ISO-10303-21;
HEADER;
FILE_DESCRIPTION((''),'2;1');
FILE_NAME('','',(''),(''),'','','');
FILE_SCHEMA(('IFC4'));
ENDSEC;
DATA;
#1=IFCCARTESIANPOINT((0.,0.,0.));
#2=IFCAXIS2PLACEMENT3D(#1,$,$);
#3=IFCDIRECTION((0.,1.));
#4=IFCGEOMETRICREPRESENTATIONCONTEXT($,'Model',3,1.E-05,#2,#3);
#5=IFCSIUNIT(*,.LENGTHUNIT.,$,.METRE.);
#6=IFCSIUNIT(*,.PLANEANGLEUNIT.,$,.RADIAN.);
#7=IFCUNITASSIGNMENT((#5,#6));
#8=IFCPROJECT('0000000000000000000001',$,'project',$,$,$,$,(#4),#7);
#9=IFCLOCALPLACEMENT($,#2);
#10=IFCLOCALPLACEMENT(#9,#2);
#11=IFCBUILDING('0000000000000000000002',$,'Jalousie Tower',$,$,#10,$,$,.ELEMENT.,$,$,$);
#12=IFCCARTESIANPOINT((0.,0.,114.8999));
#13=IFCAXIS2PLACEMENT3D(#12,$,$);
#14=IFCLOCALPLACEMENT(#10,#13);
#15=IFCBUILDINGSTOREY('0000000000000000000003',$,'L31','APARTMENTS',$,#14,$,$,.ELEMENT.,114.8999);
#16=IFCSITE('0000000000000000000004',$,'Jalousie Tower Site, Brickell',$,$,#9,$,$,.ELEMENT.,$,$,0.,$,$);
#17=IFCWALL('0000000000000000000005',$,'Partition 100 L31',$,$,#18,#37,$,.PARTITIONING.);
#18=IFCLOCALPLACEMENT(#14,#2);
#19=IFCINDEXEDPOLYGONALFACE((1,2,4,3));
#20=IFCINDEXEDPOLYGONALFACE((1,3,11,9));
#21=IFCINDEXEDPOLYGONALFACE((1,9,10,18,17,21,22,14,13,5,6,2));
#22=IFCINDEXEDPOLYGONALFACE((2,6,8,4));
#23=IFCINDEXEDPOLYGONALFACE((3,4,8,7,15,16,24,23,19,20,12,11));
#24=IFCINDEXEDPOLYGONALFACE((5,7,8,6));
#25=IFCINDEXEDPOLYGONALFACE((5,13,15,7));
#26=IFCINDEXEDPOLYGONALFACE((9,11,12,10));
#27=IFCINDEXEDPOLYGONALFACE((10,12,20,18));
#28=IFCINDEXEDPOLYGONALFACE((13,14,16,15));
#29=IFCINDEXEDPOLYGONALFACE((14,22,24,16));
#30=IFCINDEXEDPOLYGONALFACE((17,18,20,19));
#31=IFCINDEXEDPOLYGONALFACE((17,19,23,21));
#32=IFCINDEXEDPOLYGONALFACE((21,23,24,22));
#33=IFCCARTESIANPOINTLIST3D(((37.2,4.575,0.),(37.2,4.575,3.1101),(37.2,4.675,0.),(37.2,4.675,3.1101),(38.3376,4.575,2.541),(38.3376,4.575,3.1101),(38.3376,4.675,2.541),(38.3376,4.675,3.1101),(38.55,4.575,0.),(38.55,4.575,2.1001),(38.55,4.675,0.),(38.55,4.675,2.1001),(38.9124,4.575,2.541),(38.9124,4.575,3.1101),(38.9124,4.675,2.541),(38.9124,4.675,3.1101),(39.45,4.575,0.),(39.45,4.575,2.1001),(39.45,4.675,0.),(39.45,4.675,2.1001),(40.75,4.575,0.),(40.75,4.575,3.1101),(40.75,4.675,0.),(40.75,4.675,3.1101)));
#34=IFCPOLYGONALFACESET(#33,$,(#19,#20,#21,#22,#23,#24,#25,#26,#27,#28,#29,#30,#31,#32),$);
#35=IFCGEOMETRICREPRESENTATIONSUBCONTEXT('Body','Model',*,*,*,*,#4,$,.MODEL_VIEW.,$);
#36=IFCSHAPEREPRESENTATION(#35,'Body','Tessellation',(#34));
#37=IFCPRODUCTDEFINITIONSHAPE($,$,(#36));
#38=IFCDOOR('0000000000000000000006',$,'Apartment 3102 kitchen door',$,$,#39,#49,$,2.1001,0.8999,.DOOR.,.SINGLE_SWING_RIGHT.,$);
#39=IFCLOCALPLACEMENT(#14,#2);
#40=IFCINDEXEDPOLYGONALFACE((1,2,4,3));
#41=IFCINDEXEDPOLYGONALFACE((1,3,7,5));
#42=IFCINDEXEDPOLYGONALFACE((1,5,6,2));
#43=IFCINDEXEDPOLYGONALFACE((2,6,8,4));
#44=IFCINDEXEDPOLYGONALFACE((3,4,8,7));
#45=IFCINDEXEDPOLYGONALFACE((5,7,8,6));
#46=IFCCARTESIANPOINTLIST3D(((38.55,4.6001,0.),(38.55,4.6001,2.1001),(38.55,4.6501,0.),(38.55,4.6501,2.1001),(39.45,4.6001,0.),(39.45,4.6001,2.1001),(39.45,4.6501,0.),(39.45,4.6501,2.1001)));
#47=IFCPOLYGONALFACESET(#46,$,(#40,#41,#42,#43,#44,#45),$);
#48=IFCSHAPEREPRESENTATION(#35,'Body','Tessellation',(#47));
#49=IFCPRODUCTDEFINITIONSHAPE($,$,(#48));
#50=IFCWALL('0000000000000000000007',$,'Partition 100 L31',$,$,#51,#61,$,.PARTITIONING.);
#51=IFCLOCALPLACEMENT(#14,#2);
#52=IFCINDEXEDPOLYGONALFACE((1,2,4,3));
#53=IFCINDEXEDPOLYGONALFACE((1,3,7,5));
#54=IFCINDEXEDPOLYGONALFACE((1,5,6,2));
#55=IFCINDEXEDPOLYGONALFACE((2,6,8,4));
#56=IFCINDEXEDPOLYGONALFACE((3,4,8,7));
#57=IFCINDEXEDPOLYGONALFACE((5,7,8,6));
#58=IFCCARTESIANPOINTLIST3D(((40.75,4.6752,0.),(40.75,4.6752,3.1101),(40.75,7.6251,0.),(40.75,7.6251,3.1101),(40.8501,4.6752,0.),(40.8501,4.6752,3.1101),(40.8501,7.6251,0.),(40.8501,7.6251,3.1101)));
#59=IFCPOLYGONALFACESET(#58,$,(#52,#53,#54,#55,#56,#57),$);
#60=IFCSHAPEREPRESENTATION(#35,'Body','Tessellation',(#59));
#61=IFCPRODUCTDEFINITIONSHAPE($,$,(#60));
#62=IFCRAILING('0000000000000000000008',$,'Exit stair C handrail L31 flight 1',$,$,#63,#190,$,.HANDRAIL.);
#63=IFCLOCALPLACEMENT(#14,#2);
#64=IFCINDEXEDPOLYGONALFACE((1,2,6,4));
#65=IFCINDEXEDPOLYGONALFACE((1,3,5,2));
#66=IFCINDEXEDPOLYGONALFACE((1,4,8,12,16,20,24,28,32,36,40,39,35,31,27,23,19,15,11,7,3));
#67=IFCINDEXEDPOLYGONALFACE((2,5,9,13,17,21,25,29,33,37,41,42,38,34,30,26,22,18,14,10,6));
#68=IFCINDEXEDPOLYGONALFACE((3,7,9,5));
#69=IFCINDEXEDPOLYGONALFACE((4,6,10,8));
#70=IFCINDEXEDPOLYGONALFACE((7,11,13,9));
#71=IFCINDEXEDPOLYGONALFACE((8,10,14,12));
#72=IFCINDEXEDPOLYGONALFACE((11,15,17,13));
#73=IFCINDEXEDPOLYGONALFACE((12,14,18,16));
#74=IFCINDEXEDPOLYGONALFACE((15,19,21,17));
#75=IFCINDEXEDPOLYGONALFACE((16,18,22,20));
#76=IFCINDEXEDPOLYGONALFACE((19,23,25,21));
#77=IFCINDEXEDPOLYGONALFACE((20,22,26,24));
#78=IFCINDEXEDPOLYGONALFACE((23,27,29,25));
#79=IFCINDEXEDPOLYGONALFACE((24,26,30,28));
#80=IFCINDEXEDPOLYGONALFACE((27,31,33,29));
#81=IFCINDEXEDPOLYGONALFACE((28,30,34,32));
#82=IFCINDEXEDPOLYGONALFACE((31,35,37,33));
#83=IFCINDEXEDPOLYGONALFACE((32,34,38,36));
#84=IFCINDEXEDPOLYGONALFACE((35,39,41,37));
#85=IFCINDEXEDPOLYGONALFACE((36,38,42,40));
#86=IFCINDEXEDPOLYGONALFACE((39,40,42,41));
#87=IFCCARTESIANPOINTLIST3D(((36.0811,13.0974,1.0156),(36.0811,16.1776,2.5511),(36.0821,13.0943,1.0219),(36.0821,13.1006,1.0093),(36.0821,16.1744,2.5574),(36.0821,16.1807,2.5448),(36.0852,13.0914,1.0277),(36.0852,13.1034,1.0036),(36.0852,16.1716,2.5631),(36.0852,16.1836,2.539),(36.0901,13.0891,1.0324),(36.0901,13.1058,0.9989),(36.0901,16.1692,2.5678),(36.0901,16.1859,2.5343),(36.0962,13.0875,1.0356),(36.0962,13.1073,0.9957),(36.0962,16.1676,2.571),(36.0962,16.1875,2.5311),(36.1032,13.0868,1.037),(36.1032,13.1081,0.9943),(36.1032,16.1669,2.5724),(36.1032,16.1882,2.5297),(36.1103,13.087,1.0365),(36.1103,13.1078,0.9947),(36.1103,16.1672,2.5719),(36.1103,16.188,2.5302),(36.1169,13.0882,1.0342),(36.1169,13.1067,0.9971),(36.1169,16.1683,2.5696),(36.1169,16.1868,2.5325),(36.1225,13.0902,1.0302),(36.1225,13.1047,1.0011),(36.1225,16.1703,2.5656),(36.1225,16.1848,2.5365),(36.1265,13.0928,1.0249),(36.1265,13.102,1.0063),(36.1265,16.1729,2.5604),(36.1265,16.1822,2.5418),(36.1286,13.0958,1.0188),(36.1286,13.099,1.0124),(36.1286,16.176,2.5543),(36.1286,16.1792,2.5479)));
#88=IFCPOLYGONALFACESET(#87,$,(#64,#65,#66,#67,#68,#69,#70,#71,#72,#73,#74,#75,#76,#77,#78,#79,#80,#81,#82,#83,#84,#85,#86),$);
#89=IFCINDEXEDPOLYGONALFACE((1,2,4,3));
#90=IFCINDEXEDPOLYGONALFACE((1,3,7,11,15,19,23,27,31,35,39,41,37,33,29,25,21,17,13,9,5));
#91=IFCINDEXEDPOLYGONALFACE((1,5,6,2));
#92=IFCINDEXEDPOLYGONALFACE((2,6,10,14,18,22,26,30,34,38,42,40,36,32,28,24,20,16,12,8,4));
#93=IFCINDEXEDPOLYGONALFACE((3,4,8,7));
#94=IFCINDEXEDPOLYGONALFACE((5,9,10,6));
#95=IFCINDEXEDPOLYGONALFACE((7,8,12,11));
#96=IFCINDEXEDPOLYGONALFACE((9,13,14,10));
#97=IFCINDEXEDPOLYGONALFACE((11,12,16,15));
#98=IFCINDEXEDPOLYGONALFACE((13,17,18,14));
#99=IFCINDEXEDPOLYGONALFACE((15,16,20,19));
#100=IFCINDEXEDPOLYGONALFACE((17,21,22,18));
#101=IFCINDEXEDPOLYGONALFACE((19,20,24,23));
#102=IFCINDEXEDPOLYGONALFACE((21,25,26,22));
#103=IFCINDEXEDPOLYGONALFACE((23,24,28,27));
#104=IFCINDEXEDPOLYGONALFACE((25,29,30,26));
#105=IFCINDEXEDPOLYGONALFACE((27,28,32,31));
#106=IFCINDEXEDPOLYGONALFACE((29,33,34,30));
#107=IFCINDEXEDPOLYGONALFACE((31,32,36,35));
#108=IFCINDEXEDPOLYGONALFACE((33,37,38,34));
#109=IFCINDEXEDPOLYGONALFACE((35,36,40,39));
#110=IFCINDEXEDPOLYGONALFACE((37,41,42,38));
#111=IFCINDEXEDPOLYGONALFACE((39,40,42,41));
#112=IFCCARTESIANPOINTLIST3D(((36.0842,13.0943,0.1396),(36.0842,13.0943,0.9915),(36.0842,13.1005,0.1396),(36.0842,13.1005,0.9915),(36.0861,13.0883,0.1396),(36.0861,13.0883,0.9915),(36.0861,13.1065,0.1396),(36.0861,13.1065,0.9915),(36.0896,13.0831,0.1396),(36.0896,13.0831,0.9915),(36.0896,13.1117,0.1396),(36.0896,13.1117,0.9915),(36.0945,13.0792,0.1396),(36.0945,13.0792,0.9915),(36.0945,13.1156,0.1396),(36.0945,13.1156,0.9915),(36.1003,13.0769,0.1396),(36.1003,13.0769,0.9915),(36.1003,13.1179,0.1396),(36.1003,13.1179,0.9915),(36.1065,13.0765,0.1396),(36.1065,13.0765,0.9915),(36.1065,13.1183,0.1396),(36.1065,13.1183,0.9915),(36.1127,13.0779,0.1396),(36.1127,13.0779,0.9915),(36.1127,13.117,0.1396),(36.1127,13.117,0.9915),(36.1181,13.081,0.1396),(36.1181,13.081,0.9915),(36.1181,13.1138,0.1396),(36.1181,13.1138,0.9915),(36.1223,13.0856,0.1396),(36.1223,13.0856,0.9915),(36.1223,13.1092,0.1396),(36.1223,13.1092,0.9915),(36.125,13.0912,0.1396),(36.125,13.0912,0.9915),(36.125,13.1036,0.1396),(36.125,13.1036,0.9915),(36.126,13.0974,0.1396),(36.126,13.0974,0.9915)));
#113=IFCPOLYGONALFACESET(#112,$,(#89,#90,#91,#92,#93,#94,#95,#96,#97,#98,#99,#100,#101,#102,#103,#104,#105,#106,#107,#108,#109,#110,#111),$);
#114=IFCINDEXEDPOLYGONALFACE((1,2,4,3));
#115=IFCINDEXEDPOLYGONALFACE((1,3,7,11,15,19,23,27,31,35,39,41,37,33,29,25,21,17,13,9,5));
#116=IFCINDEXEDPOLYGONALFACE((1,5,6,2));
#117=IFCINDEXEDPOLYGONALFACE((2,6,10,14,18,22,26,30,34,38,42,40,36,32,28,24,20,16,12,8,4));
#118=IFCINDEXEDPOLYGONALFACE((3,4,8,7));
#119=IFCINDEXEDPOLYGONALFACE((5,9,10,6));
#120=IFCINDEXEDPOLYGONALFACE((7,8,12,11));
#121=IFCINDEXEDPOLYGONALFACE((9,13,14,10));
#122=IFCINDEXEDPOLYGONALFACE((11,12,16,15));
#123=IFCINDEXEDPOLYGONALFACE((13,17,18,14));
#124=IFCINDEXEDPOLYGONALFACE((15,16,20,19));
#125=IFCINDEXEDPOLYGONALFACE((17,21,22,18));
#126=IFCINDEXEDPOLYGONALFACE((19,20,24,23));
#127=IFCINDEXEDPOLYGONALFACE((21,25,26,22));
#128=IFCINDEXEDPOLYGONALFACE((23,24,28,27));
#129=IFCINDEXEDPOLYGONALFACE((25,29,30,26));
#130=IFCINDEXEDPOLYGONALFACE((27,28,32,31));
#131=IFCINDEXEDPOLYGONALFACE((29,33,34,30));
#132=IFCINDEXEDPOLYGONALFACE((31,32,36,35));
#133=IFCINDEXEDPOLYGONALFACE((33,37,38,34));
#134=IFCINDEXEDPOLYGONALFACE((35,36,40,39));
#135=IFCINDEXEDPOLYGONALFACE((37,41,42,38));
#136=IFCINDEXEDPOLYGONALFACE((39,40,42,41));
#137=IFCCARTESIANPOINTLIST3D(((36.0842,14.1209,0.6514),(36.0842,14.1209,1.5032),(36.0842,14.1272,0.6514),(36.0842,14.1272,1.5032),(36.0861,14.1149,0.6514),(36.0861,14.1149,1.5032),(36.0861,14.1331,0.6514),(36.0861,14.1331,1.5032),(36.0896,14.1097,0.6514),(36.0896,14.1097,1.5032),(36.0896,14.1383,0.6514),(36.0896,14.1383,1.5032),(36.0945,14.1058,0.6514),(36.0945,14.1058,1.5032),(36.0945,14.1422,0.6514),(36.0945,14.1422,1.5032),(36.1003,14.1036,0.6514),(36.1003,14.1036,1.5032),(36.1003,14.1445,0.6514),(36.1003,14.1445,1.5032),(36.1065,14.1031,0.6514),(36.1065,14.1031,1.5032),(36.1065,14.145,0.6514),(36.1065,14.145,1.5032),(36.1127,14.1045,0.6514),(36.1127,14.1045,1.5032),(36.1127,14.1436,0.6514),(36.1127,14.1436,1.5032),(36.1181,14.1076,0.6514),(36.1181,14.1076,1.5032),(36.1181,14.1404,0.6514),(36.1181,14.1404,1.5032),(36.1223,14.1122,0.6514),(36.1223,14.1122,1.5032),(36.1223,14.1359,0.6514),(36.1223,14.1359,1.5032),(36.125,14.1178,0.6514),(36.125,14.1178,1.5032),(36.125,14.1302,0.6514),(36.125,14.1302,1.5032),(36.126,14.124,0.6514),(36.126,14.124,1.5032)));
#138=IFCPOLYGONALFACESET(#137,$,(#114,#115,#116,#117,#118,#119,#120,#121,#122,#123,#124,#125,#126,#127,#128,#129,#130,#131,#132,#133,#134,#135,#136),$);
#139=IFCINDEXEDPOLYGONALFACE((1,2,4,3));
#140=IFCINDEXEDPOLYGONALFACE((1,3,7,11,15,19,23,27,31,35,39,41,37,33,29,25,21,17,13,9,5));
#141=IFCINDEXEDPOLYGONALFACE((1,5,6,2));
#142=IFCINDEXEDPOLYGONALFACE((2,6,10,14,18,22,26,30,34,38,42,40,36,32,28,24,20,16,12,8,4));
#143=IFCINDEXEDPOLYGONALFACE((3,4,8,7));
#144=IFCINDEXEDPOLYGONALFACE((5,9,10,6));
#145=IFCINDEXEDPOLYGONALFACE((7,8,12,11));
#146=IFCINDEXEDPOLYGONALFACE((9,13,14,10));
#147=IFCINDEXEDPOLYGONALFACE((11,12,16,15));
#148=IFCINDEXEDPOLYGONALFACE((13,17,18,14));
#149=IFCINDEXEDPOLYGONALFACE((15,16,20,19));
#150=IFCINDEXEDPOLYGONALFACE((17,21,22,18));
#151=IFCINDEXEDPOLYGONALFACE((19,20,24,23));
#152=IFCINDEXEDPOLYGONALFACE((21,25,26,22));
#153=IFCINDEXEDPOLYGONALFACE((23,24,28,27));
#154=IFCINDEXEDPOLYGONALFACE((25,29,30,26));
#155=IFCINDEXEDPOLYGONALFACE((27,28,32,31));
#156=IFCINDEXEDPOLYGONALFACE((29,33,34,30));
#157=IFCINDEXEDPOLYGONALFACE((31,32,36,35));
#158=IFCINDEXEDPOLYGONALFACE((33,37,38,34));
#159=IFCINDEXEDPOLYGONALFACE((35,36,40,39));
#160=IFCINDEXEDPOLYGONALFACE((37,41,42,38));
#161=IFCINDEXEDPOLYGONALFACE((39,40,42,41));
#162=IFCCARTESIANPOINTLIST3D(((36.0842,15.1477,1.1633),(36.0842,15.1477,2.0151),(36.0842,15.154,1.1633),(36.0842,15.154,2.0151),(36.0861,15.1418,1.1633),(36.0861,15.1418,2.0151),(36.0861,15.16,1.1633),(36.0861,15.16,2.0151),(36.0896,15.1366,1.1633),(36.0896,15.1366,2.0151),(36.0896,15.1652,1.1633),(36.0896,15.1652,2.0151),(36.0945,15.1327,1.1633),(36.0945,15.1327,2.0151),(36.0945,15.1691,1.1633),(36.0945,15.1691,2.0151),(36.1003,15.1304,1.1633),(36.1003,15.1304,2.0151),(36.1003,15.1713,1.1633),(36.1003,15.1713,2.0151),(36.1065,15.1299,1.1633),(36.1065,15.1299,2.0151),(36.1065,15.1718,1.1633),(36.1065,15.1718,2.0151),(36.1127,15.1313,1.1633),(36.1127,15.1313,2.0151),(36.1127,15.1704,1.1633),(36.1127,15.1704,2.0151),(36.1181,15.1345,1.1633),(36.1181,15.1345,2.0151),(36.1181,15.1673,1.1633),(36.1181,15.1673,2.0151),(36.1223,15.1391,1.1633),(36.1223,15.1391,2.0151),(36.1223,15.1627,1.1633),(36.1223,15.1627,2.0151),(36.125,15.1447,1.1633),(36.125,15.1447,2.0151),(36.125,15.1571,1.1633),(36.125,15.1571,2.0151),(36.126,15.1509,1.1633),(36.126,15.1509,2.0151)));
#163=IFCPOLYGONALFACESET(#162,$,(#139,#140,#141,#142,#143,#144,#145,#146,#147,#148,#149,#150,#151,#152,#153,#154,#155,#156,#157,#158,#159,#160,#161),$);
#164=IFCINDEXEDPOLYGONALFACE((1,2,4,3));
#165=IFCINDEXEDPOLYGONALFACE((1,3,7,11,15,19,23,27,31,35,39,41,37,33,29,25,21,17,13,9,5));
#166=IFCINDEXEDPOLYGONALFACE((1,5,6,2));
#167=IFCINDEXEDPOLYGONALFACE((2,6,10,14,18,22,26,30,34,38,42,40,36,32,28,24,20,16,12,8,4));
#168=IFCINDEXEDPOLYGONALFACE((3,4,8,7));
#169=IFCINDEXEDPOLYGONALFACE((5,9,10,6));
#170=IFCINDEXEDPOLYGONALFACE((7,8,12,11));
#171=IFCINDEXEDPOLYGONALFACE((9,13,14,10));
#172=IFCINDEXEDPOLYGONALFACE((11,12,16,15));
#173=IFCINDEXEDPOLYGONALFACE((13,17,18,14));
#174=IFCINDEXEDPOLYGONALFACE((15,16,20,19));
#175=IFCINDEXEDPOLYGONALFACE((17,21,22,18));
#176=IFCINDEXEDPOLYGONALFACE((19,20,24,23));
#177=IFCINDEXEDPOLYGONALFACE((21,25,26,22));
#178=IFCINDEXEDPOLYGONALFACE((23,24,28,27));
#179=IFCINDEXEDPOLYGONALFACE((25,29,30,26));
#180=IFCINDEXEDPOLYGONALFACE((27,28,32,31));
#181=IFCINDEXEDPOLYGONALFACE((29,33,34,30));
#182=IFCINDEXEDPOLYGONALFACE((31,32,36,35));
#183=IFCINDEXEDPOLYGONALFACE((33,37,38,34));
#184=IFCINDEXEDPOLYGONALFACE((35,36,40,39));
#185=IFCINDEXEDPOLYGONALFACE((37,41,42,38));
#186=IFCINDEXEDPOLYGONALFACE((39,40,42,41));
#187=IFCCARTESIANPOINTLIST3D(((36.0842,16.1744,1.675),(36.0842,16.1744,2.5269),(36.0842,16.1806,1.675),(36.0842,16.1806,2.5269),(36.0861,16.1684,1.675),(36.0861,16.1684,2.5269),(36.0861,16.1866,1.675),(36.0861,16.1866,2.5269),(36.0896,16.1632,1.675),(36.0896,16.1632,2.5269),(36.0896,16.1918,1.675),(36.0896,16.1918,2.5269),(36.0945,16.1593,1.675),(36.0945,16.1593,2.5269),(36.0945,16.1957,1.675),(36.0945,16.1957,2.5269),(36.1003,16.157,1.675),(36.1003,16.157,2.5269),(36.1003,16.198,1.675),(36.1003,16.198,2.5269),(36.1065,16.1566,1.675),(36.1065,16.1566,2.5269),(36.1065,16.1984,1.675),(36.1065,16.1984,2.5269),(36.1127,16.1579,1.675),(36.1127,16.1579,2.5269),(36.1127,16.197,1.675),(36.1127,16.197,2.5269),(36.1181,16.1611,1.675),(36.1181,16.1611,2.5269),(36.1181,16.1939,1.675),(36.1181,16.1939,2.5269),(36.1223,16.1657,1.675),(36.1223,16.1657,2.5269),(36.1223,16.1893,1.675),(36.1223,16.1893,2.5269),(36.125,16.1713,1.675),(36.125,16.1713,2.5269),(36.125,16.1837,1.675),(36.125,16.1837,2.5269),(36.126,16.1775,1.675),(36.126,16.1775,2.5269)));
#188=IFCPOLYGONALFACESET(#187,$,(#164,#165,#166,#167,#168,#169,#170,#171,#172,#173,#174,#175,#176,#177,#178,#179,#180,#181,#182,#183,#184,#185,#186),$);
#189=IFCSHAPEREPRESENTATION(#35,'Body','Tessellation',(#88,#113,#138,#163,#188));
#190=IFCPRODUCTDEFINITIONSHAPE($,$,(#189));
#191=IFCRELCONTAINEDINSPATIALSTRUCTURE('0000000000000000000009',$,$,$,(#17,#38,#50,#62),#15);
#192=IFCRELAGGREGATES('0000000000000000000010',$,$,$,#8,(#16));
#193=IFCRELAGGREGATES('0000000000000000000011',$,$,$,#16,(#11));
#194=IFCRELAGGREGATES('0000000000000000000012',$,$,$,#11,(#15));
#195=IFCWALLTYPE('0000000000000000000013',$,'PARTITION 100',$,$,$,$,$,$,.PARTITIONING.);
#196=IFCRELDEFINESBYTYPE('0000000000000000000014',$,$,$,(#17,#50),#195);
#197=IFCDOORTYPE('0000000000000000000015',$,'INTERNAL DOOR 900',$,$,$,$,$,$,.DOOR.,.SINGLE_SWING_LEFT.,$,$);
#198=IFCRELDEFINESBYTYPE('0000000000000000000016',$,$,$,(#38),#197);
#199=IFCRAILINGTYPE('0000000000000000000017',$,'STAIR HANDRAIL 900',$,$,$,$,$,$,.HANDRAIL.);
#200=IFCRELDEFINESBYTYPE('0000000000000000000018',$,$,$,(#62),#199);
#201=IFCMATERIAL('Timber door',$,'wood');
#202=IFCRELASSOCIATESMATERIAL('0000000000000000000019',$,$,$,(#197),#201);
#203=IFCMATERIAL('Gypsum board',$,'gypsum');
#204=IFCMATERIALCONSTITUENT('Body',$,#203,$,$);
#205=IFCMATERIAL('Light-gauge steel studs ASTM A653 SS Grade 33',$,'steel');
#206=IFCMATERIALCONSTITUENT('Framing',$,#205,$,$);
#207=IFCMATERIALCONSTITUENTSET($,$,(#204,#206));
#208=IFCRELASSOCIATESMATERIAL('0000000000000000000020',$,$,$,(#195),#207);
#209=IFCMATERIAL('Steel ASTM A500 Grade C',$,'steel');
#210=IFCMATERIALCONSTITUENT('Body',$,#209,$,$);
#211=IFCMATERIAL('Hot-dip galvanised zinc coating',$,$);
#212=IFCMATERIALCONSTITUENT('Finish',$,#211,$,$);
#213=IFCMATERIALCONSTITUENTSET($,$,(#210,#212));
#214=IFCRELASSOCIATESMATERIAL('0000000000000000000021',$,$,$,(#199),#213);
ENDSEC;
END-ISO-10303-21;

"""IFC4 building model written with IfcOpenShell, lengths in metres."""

from ifc_helpers import new_model, si_unit, direction, frame, frame_2d, origin, origin_2d, place, context, subcontext, project, spatial, polyline, rectangle, circle, outline, extrude, material, constituent, constituent_set, type_object, element, fill, save


model = new_model("IFC4")

# Units and contexts
model_context = context("Model", 3, precision=1e-05, world=origin(), true_north=direction((0.0, 1.0)))
body_context = subcontext(model_context, "Body", "Model", "MODEL_VIEW")
ifc_project = project(units=[si_unit("LENGTHUNIT", "METRE"), si_unit("PLANEANGLEUNIT", "RADIAN")], contexts=[model_context])

# Site, building, storey
site_placement = place(None, origin())
site = spatial("IfcSite", under=ifc_project, at=site_placement, Name="Jalousie Tower Site, Brickell", CompositionType="ELEMENT", RefElevation=0.0)
building_placement = place(site_placement, origin())
building = spatial("IfcBuilding", under=site, at=building_placement, Name="Jalousie Tower", CompositionType="ELEMENT")
storey_placement = place(building_placement, frame((0.0, 0.0, 114.8999)))
storey = spatial("IfcBuildingStorey", under=building, at=storey_placement, Name="L31", Description="APARTMENTS", CompositionType="ELEMENT", Elevation=114.8999)

# Shared definitions
ifc_material_1 = material(Name="Timber door", Category="wood")
door_type_1 = type_object("IfcDoorType", Name="INTERNAL DOOR 900", OperationType="SINGLE_SWING_LEFT", PredefinedType="DOOR", material=ifc_material_1)

# Wall, opening, door
ifc_material_2 = material(Name="Gypsum board", Category="gypsum")
ifc_constituent_1 = constituent(ifc_material_2, Name="Body")
ifc_material_3 = material(Name="Light-gauge steel studs ASTM A653 SS Grade 33", Category="steel")
ifc_constituent_2 = constituent(ifc_material_3, Name="Framing")
ifc_constituent_set_1 = constituent_set(constituents=[ifc_constituent_1, ifc_constituent_2])
wall_type_1 = type_object("IfcWallType", Name="PARTITION 100", PredefinedType="PARTITIONING", material=ifc_constituent_set_1)
wall_1_placement = place(storey_placement, frame((37.2, 4.625, 0.0), z_axis=(0.0, 0.0, 1.0), x_axis=(1.0, 0.0, 0.0)))
wall_1 = element("IfcWall", 1, at=wall_1_placement, inside=storey, type_object=wall_type_1, Name="Partition 100 L31", PredefinedType="PARTITIONING", context=body_context, shape_type="SweptSolid", body=[
    extrude(outline(polyline([(0.0, 0.0), (3.55, 0.0), (3.55, 3.1101), (1.7124, 3.1101), (1.7124, 2.541), (1.1377, 2.541), (1.1377, 3.1101), (0.0, 3.1101), (0.0, 0.0)])), frame((0.0, 0.05, 0.0), z_axis=(0.0, -1.0, 0.0), x_axis=(1.0, 0.0, 0.0)), (0.0, 0.0, 1.0), 0.1001),
])
opening_1_placement = place(wall_1_placement, frame((1.3501, 0.0, 0.0)))
opening_1 = element("IfcOpeningElement", 2, at=opening_1_placement, cuts=wall_1, PredefinedType="OPENING", context=body_context, shape_type="SweptSolid", body=[
    extrude(rectangle(XDim=0.8999, YDim=2.1001, at=frame_2d((0.45, 1.05))), frame((0.0, 0.0601, 0.0), z_axis=(0.0, -1.0, 0.0), x_axis=(1.0, 0.0, 0.0)), (0.0, 0.0, 1.0), 0.1201),
])
door_1_placement = place(opening_1_placement, frame((0.8999, 0.0, 0.0), z_axis=(0.0, 0.0, 1.0), x_axis=(-1.0, 0.0, 0.0)))
door_1 = element("IfcDoor", 3, at=door_1_placement, inside=storey, type_object=door_type_1, Name="Apartment 3102 kitchen door", OperationType="SINGLE_SWING_RIGHT", OverallHeight=2.1001, OverallWidth=0.8999, PredefinedType="DOOR", context=body_context, shape_type="SweptSolid", body=[
    extrude(rectangle(XDim=0.8999, YDim=2.1001, at=frame_2d((0.45, 1.05))), frame((0.0, 0.0249, 0.0), z_axis=(0.0, -1.0, 0.0), x_axis=(1.0, 0.0, 0.0)), (0.0, 0.0, 1.0), 0.05),
])
fill(opening_1, door_1)

# Wall
wall_2_placement = place(storey_placement, frame((40.8, 4.675, 0.0), z_axis=(0.0, 0.0, 1.0), x_axis=(0.0, 1.0, 0.0)))
element("IfcWall", 4, at=wall_2_placement, inside=storey, type_object=wall_type_1, Name="Partition 100 L31", PredefinedType="PARTITIONING", context=body_context, shape_type="SweptSolid", body=[
    extrude(rectangle(XDim=2.95, YDim=0.1001, at=frame_2d((1.4751, 0.0))), origin(), (0.0, 0.0, 1.0), 3.1101),
])

# Railing
ifc_material_4 = material(Name="Steel ASTM A500 Grade C", Category="steel")
ifc_constituent_3 = constituent(ifc_material_4, Name="Body")
ifc_material_5 = material(Name="Hot-dip galvanised zinc coating")
ifc_constituent_4 = constituent(ifc_material_5, Name="Finish")
ifc_constituent_set_2 = constituent_set(constituents=[ifc_constituent_3, ifc_constituent_4])
railing_type = type_object("IfcRailingType", Name="STAIR HANDRAIL 900", PredefinedType="HANDRAIL", material=ifc_constituent_set_2)
railing_placement = place(storey_placement, frame((36.105, 13.0974, 0.1396)))
element("IfcRailing", 5, at=railing_placement, inside=storey, type_object=railing_type, Name="Exit stair C handrail L31 flight 1", PredefinedType="HANDRAIL", context=body_context, shape_type="SweptSolid", body=[
    extrude(circle(Radius=0.0239, at=origin_2d()), frame((0.0, 0.0, 0.876), z_axis=(0.0, 0.894966, 0.446135), x_axis=(-1.0, 0.0, 0.0)), (0.0, 0.0, 1.0), 3.4417),
    extrude(circle(Radius=0.021, at=origin_2d()), origin(), (0.0, 0.0, 1.0), 0.8518),
    extrude(circle(Radius=0.021, at=origin_2d()), frame((0.0, 1.0266, 0.5117)), (0.0, 0.0, 1.0), 0.8518),
    extrude(circle(Radius=0.021, at=origin_2d()), frame((0.0, 2.0535, 1.0237)), (0.0, 0.0, 1.0), 0.8518),
    extrude(circle(Radius=0.021, at=origin_2d()), frame((0.0, 3.0801, 1.5354)), (0.0, 0.0, 1.0), 0.8518),
])

save(model, "model.ifc")
